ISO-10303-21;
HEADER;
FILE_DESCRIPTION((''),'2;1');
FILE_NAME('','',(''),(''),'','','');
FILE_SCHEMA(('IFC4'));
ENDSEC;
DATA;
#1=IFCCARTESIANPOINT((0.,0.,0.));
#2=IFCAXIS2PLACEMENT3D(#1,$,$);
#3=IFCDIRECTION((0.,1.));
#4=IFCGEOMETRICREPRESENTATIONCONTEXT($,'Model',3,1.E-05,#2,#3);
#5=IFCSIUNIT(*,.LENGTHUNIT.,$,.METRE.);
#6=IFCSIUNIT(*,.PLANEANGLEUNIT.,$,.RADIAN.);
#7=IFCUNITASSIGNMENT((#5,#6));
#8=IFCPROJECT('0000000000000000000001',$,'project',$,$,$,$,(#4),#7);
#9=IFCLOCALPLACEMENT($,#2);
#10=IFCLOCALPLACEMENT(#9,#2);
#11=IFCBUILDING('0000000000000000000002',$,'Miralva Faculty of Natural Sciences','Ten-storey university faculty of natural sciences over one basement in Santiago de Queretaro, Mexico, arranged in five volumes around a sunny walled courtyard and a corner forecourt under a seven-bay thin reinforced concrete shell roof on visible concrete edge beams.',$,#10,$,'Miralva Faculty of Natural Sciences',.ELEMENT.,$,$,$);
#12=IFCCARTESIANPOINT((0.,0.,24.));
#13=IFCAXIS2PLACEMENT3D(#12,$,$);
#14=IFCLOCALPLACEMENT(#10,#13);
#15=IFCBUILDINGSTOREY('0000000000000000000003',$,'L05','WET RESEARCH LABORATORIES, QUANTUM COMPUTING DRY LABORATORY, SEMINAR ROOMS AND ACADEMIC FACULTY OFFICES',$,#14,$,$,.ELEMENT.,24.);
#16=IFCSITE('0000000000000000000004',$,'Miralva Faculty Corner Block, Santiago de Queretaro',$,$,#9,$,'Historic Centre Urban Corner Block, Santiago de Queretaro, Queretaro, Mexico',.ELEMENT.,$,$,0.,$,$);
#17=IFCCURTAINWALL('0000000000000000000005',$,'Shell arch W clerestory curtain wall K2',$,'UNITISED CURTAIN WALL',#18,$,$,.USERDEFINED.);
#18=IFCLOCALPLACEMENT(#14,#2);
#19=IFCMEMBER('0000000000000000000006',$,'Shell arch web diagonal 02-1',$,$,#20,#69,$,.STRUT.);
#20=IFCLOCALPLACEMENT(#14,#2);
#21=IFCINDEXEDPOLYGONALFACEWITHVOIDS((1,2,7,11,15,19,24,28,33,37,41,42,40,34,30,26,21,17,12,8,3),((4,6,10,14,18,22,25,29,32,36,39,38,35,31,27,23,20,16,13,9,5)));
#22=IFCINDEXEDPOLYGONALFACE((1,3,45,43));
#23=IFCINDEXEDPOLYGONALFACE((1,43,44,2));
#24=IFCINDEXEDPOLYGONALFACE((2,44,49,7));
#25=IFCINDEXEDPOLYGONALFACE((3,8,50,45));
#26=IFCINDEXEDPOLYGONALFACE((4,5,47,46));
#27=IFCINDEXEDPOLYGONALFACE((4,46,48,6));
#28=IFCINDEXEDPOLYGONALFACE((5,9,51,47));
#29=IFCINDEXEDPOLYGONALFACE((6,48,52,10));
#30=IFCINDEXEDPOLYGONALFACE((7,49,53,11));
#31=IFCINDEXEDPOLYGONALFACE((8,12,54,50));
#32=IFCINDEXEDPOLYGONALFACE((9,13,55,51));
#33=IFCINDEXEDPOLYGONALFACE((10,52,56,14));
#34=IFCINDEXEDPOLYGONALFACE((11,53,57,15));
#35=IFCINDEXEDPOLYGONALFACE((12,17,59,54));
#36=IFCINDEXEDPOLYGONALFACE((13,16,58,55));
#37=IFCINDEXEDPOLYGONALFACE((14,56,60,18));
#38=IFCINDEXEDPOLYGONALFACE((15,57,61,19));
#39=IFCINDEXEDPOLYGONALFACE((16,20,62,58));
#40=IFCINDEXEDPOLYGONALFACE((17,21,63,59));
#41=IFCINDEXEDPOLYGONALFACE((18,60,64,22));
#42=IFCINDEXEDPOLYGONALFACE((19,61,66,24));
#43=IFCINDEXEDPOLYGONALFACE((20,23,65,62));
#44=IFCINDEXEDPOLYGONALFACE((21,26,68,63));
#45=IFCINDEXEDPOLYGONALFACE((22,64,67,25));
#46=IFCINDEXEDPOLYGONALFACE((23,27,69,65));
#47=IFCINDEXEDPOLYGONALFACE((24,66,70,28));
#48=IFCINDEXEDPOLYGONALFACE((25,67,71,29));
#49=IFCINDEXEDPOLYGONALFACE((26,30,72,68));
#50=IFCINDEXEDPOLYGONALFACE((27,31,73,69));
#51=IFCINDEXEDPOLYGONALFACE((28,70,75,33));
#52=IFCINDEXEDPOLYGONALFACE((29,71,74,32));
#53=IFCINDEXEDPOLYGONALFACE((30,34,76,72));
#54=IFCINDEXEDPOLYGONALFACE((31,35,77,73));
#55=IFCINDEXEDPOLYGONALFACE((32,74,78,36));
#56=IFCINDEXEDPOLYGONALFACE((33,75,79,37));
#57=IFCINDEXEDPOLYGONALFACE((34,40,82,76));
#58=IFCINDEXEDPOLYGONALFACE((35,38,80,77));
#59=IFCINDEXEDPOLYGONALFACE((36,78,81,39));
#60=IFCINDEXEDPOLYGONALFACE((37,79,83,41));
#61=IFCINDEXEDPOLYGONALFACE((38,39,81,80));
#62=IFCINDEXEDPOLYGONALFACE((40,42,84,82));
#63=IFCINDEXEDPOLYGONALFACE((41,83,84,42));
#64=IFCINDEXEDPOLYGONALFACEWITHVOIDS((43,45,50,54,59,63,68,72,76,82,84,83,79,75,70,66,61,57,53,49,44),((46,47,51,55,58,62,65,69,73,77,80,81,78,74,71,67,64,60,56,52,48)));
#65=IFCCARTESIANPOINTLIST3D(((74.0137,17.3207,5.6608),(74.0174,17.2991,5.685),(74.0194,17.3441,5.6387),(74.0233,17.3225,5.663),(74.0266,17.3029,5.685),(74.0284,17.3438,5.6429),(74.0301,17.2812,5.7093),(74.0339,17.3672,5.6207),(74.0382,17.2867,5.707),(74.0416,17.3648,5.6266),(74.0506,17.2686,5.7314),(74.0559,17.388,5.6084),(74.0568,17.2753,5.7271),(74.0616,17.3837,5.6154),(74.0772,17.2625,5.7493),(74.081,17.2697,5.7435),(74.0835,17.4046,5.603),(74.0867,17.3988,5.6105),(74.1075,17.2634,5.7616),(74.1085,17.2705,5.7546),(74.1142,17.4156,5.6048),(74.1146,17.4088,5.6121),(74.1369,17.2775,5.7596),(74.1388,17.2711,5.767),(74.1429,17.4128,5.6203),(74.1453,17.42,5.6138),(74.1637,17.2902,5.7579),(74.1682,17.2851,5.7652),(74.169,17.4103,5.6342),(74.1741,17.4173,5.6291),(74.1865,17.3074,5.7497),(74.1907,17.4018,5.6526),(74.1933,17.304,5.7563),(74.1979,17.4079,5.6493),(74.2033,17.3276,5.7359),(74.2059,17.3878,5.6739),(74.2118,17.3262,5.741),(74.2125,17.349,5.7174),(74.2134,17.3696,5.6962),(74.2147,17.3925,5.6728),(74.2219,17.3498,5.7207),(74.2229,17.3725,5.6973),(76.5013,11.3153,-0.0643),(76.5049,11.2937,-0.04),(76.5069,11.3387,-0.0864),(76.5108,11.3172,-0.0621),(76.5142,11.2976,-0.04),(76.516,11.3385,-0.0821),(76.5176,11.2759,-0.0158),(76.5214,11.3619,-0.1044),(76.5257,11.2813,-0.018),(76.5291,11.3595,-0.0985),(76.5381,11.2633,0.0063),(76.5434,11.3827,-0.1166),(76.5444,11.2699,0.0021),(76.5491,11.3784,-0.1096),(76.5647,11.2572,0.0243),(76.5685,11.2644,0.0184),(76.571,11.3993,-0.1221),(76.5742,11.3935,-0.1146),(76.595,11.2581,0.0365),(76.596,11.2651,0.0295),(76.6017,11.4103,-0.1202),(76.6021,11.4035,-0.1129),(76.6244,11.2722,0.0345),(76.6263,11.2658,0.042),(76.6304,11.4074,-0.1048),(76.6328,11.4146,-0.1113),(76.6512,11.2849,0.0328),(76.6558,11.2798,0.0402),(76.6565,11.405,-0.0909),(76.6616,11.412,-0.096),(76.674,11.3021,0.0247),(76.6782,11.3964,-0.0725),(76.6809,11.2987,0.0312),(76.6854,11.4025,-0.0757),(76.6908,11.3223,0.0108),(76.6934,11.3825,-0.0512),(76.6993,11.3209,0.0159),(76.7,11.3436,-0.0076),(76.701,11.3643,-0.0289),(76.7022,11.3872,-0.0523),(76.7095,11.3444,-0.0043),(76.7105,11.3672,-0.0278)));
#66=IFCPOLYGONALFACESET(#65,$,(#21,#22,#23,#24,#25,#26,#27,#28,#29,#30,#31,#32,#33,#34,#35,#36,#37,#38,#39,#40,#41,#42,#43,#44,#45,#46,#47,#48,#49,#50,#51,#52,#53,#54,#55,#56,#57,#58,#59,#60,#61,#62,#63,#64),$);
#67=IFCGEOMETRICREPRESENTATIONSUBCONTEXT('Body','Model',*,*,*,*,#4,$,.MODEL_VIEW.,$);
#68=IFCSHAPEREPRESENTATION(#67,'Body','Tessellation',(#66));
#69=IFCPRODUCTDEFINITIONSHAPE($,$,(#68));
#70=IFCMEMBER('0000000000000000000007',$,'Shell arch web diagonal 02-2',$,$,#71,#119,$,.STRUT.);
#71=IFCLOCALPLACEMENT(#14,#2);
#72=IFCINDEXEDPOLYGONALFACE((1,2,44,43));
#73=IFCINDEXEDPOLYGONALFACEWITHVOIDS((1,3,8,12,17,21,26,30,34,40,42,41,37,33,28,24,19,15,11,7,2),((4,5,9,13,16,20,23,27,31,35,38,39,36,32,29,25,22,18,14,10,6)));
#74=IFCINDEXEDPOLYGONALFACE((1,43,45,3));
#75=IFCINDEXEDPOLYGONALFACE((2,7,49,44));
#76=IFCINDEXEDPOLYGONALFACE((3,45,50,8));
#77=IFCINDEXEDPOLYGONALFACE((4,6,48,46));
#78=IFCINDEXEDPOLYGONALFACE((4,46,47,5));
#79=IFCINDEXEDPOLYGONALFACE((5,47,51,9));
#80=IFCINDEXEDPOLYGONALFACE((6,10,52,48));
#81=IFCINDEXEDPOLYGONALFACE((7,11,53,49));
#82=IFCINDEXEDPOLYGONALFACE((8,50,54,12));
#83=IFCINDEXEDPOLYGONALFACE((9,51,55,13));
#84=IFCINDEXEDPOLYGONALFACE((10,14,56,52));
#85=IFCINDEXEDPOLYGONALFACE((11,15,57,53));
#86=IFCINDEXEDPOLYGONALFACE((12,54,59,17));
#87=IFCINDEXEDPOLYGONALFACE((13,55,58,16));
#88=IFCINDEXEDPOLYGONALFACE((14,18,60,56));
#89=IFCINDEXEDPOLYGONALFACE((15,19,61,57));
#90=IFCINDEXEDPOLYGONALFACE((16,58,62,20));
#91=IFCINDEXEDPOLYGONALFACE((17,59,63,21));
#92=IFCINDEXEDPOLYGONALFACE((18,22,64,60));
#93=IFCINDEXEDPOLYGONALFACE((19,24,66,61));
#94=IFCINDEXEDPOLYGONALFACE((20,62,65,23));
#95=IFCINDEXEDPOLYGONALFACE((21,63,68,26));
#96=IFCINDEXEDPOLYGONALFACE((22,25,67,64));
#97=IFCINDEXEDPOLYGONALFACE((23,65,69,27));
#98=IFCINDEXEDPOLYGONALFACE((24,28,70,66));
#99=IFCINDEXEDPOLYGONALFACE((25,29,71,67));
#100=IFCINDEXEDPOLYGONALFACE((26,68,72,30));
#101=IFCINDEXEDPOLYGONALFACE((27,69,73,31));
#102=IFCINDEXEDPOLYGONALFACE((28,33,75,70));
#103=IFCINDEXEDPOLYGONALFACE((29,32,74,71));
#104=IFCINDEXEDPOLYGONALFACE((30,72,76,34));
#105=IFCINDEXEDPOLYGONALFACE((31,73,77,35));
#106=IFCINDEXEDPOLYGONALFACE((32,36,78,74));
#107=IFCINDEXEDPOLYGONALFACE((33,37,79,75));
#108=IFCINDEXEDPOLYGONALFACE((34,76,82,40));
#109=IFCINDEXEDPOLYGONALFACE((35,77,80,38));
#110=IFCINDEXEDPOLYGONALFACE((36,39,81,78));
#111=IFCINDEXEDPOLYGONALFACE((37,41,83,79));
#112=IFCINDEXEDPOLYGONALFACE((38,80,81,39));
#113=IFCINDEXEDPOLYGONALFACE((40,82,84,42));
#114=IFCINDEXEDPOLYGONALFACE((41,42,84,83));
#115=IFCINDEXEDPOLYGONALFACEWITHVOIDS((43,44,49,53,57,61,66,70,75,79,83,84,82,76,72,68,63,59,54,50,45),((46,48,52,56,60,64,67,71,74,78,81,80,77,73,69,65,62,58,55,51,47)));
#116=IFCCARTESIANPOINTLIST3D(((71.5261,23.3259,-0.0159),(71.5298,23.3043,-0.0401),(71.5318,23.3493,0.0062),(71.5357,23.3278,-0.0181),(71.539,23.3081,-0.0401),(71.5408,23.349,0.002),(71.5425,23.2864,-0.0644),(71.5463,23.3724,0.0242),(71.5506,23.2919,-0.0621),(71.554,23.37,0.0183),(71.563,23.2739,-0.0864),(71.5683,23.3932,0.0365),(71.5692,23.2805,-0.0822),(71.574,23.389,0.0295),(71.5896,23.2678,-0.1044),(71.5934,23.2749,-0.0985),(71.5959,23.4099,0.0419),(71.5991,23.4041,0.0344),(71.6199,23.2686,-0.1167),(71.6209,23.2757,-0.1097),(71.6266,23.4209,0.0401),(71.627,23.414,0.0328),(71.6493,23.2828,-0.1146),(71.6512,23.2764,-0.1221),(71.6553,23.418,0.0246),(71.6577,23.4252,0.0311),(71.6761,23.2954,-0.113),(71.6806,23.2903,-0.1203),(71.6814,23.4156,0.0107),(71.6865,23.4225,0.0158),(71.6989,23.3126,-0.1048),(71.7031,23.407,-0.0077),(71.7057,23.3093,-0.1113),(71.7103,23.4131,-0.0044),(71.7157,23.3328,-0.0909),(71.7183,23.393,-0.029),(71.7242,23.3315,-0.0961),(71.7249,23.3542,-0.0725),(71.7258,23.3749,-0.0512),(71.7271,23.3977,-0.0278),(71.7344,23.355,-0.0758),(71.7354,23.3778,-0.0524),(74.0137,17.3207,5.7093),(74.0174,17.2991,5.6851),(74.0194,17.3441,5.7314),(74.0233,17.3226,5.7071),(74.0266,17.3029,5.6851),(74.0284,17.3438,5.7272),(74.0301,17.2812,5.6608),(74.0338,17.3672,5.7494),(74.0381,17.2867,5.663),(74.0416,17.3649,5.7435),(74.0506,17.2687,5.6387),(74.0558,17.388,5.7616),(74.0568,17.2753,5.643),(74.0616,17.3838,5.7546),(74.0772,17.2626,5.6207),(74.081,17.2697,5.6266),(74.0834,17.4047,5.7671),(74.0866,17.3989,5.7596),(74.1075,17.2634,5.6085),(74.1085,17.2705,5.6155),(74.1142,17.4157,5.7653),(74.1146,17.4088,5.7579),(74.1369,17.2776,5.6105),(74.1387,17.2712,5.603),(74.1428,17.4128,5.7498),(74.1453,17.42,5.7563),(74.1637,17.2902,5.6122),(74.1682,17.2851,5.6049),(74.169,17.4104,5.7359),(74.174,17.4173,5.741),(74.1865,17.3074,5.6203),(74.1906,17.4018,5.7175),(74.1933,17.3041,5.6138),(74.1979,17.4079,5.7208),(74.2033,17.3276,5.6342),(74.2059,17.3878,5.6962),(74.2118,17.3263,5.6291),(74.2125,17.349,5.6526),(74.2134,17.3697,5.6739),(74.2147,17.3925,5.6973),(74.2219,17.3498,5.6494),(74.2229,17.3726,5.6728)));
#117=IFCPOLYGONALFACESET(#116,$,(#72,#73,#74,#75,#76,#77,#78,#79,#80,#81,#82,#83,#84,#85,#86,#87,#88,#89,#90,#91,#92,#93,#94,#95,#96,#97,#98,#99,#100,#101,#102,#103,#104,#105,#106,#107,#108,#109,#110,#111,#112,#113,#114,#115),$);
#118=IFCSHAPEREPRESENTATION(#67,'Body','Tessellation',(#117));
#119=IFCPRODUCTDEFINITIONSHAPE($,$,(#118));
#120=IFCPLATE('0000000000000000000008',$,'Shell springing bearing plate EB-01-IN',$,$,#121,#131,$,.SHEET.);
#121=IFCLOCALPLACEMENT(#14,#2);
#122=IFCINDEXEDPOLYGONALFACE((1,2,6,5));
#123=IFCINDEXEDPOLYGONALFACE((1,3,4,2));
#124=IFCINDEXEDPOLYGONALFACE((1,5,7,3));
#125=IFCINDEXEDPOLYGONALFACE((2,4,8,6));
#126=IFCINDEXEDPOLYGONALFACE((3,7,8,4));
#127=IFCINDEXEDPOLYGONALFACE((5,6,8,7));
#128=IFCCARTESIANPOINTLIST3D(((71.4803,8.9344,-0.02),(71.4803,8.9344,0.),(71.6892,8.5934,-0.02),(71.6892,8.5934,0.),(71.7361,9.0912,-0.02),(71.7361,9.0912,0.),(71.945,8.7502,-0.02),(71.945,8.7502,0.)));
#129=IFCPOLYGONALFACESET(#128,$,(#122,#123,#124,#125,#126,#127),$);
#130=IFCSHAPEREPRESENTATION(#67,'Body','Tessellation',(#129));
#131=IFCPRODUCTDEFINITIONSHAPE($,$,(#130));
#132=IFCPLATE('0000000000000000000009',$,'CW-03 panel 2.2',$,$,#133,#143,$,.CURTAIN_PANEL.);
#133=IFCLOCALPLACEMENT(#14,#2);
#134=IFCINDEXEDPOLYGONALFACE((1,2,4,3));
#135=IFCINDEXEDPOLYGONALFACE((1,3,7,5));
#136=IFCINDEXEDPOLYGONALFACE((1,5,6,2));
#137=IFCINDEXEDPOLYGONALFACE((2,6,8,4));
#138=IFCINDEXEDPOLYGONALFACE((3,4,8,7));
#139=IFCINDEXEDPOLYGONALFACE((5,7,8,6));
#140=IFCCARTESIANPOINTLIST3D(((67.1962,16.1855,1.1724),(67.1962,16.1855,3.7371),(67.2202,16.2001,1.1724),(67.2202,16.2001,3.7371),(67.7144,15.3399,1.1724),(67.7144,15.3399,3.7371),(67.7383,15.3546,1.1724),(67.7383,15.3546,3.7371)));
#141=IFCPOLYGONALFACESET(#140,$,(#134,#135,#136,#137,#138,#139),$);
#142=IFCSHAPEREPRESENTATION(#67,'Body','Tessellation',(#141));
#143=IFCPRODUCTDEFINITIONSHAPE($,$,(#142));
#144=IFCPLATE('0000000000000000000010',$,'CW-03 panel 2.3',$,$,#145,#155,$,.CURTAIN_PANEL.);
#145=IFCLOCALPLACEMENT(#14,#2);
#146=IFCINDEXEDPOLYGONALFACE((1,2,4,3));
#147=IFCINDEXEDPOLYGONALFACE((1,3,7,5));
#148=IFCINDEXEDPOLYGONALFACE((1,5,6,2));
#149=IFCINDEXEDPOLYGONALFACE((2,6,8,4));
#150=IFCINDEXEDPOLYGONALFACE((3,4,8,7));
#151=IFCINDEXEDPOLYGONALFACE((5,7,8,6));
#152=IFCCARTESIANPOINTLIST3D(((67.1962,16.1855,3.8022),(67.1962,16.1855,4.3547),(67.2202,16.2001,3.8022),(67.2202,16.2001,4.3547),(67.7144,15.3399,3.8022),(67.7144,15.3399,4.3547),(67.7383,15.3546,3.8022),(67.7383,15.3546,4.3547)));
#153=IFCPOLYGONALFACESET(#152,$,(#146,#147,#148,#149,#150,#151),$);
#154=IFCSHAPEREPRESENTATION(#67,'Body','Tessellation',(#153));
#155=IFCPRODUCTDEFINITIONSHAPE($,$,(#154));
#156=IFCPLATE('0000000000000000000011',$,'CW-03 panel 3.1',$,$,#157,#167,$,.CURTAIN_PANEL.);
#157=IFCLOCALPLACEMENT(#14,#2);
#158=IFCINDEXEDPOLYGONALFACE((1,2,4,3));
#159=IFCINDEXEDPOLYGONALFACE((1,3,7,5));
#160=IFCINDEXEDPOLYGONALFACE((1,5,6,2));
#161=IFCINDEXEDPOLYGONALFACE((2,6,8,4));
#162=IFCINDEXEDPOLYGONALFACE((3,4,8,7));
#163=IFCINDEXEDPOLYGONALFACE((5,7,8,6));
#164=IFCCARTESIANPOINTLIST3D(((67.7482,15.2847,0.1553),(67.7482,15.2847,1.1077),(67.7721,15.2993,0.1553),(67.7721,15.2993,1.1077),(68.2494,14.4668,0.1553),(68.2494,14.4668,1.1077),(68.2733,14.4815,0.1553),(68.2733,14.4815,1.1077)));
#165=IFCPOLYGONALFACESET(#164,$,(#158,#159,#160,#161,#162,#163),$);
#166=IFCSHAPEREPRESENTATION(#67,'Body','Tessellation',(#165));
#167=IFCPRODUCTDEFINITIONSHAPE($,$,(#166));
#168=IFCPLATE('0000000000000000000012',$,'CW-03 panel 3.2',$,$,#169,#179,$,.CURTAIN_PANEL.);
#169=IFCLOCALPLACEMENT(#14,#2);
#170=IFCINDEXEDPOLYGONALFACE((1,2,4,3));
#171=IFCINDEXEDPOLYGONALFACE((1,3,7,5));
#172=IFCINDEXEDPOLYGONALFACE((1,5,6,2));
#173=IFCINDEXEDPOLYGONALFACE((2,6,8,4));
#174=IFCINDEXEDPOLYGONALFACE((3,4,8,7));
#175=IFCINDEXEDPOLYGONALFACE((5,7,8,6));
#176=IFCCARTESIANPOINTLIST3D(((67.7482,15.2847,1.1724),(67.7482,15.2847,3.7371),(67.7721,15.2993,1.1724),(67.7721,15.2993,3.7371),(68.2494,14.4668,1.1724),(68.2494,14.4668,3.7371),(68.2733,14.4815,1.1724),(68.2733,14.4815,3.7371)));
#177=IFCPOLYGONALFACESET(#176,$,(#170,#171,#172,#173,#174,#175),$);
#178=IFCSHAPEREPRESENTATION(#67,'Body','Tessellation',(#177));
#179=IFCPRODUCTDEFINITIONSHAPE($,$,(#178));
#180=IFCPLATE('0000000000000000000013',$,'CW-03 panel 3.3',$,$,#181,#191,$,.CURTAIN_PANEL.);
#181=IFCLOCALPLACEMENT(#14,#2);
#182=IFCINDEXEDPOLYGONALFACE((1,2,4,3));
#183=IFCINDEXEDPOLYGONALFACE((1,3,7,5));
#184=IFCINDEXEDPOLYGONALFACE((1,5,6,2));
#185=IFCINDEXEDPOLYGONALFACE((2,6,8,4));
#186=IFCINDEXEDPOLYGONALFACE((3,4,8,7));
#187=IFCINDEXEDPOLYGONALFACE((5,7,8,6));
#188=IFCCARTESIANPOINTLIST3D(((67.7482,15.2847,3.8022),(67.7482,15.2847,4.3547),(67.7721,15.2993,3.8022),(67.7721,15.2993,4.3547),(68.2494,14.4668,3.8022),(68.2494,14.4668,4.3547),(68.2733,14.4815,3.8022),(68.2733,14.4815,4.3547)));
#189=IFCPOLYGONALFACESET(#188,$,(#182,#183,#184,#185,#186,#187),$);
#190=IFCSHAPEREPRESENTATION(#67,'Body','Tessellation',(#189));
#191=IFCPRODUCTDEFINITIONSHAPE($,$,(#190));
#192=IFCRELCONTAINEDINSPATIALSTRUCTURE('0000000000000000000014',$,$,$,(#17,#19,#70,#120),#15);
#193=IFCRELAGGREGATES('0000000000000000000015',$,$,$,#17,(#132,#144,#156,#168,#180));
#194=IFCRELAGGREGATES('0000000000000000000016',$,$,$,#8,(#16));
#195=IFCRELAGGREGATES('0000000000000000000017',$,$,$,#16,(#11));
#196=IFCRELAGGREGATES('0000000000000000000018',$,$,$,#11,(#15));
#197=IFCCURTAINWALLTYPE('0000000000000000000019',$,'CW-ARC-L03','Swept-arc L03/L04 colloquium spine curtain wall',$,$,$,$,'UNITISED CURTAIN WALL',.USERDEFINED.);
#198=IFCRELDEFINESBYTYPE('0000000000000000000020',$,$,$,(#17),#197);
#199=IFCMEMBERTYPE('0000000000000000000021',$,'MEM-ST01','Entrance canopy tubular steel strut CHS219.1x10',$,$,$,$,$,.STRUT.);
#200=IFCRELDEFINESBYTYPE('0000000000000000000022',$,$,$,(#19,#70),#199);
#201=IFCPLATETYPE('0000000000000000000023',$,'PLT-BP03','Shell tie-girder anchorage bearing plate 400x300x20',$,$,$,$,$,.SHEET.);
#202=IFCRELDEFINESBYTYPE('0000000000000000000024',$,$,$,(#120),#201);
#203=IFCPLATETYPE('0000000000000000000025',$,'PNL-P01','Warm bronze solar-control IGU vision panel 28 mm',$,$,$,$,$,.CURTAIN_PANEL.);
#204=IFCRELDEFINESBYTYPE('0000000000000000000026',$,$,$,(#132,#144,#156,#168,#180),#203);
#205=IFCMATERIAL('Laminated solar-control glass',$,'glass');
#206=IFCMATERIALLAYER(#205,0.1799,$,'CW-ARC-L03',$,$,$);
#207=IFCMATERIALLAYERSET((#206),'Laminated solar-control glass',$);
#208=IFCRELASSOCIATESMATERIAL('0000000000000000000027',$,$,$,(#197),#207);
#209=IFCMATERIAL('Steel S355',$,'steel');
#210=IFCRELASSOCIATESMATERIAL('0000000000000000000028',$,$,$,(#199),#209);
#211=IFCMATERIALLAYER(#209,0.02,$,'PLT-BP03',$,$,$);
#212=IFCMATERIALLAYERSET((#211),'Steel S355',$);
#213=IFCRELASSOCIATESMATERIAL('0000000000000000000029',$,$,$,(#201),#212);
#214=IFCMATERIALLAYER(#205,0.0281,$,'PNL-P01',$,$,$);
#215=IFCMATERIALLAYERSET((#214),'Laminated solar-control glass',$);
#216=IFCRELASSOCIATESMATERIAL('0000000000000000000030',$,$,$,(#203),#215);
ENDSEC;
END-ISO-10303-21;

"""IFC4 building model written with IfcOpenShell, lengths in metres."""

from ifc_helpers import new_model, si_unit, direction, frame, origin, origin_2d, place, context, subcontext, project, spatial, rectangle, hollow_circle, extrude, material, layer, layer_set, material_profile, profile_set, type_object, element, aggregate, save


model = new_model("IFC4")

# Units and contexts
model_context = context("Model", 3, precision=1e-05, world=origin(), true_north=direction((0.0, 1.0)))
body_context = subcontext(model_context, "Body", "Model", "MODEL_VIEW")
ifc_project = project(units=[si_unit("LENGTHUNIT", "METRE"), si_unit("PLANEANGLEUNIT", "RADIAN")], contexts=[model_context])

# Site, building, storey
site_placement = place(None, origin())
site = spatial("IfcSite", under=ifc_project, at=site_placement, Name="Miralva Faculty Corner Block, Santiago de Queretaro", LongName="Historic Centre Urban Corner Block, Santiago de Queretaro, Queretaro, Mexico", CompositionType="ELEMENT", RefElevation=0.0)
building_placement = place(site_placement, origin())
building = spatial("IfcBuilding", under=site, at=building_placement, Name="Miralva Faculty of Natural Sciences", Description="Ten-storey university faculty of natural sciences over one basement in Santiago de Queretaro, Mexico, arranged in five volumes around a sunny walled courtyard and a corner forecourt under a seven-bay thin reinforced concrete shell roof on visible concrete edge beams.", LongName="Miralva Faculty of Natural Sciences", CompositionType="ELEMENT")
storey_placement = place(building_placement, frame((0.0, 0.0, 24.0)))
storey = spatial("IfcBuildingStorey", under=building, at=storey_placement, Name="L05", Description="WET RESEARCH LABORATORIES, QUANTUM COMPUTING DRY LABORATORY, SEMINAR ROOMS AND ACADEMIC FACULTY OFFICES", CompositionType="ELEMENT", Elevation=24.0)

# Shared definitions
ifc_material_1 = material(Name="Steel S355", Category="steel")

# Curtain wall
ifc_material_2 = material(Name="Laminated solar-control glass", Category="glass")
ifc_layer_1 = layer(ifc_material_2, 0.1799, Name="CW-ARC-L03")
ifc_layer_set_1 = layer_set([ifc_layer_1], Name="Laminated solar-control glass")
curtain_wall_type = type_object("IfcCurtainWallType", Name="CW-ARC-L03", Description="Swept-arc L03/L04 colloquium spine curtain wall", ElementType="UNITISED CURTAIN WALL", PredefinedType="USERDEFINED", material=ifc_layer_set_1)
curtain_wall_placement = place(storey_placement, origin())
curtain_wall = element("IfcCurtainWall", 1, at=curtain_wall_placement, inside=storey, type_object=curtain_wall_type, Name="Shell arch W clerestory curtain wall K2", ObjectType="UNITISED CURTAIN WALL", PredefinedType="USERDEFINED")

# Members
ifc_material_profile_1 = material_profile(ifc_material_1, hollow_circle(Radius=0.1096, WallThickness=0.01, at=origin_2d()), Name="CHS 219.1x10")
ifc_profile_set_1 = profile_set([ifc_material_profile_1], Name="Steel S355")
member_type_1 = type_object("IfcMemberType", Name="MEM-ST01", Description="Entrance canopy tubular steel strut CHS219.1x10", PredefinedType="STRUT", material=ifc_profile_set_1)
for number, where, z_axis, x_axis, name in (
    (2, (76.6062, 11.3357, -0.04), (-0.287182, 0.693306, 0.660949), (-0.923877, -0.382689, 0.0), "Shell arch web diagonal 02-1"),
    (3, (74.1187, 17.3411, 5.6851), (-0.287187, 0.693291, -0.660962), (-0.923872, -0.382702, 0.0), "Shell arch web diagonal 02-2"),
):
    element("IfcMember", number, at=place(storey_placement, frame(where, z_axis=z_axis, x_axis=x_axis)), inside=storey, type_object=member_type_1, Name=name, PredefinedType="STRUT", context=body_context, shape_type="SweptSolid", body=[
        extrude(hollow_circle(Radius=0.1096, WallThickness=0.01, at=origin_2d()), origin(), (0.0, 0.0, 1.0), 8.6619),
    ])

# Plates
ifc_layer_2 = layer(ifc_material_1, 0.02, Name="PLT-BP03")
ifc_layer_set_2 = layer_set([ifc_layer_2], Name="Steel S355")
plate_type_1 = type_object("IfcPlateType", Name="PLT-BP03", Description="Shell tie-girder anchorage bearing plate 400x300x20", PredefinedType="SHEET", material=ifc_layer_set_2)
plate_1_placement = place(storey_placement, frame((71.7126, 8.8423, -0.02), z_axis=(0.0, 0.0, 1.0), x_axis=(-0.522499, 0.85264, 0.0)))
element("IfcPlate", 4, at=plate_1_placement, inside=storey, type_object=plate_type_1, Name="Shell springing bearing plate EB-01-IN", PredefinedType="SHEET", context=body_context, shape_type="SweptSolid", body=[
    extrude(rectangle(XDim=0.3999, YDim=0.3, at=origin_2d()), origin(), (0.0, 0.0, 1.0), 0.02),
])
ifc_layer_3 = layer(ifc_material_2, 0.0281, Name="PNL-P01")
ifc_layer_set_3 = layer_set([ifc_layer_3], Name="Laminated solar-control glass")
plate_type_2 = type_object("IfcPlateType", Name="PNL-P01", Description="Warm bronze solar-control IGU vision panel 28 mm", PredefinedType="CURTAIN_PANEL", material=ifc_layer_set_3)
plate_2_placement = place(storey_placement, frame((67.4673, 15.77, 1.1724), z_axis=(0.0, 0.0, 1.0), x_axis=(0.522504, -0.852637, 0.0)))
plate_2 = element("IfcPlate", 5, at=plate_2_placement, type_object=plate_type_2, Name="CW-03 panel 2.2", PredefinedType="CURTAIN_PANEL", context=body_context, shape_type="SweptSolid", body=[
    extrude(rectangle(XDim=0.9917, YDim=0.0281, at=origin_2d()), origin(), (0.0, 0.0, 1.0), 2.5647),
])
plate_3_placement = place(storey_placement, frame((67.4673, 15.77, 3.8022), z_axis=(0.0, 0.0, 1.0), x_axis=(0.522504, -0.852637, 0.0)))
plate_3 = element("IfcPlate", 6, at=plate_3_placement, type_object=plate_type_2, Name="CW-03 panel 2.3", PredefinedType="CURTAIN_PANEL", context=body_context, shape_type="SweptSolid", body=[
    extrude(rectangle(XDim=0.9917, YDim=0.0281, at=origin_2d()), origin(), (0.0, 0.0, 1.0), 0.5525),
])
plate_4_placement = place(storey_placement, frame((68.0107, 14.8831, 0.1553), z_axis=(0.0, 0.0, 1.0), x_axis=(0.522504, -0.852637, 0.0)))
plate_4 = element("IfcPlate", 7, at=plate_4_placement, type_object=plate_type_2, Name="CW-03 panel 3.1", PredefinedType="CURTAIN_PANEL", context=body_context, shape_type="SweptSolid", body=[
    extrude(rectangle(XDim=0.9592, YDim=0.0281, at=origin_2d()), origin(), (0.0, 0.0, 1.0), 0.9524),
])
plate_5_placement = place(storey_placement, frame((68.0107, 14.8831, 1.1724), z_axis=(0.0, 0.0, 1.0), x_axis=(0.522504, -0.852637, 0.0)))
plate_5 = element("IfcPlate", 8, at=plate_5_placement, type_object=plate_type_2, Name="CW-03 panel 3.2", PredefinedType="CURTAIN_PANEL", context=body_context, shape_type="SweptSolid", body=[
    extrude(rectangle(XDim=0.9592, YDim=0.0281, at=origin_2d()), origin(), (0.0, 0.0, 1.0), 2.5647),
])
plate_6_placement = place(storey_placement, frame((68.0107, 14.8831, 3.8022), z_axis=(0.0, 0.0, 1.0), x_axis=(0.522504, -0.852637, 0.0)))
plate_6 = element("IfcPlate", 9, at=plate_6_placement, type_object=plate_type_2, Name="CW-03 panel 3.3", PredefinedType="CURTAIN_PANEL", context=body_context, shape_type="SweptSolid", body=[
    extrude(rectangle(XDim=0.9592, YDim=0.0281, at=origin_2d()), origin(), (0.0, 0.0, 1.0), 0.5525),
])
aggregate(curtain_wall, [plate_2, plate_3, plate_4, plate_5, plate_6])

save(model, "model.ifc")
